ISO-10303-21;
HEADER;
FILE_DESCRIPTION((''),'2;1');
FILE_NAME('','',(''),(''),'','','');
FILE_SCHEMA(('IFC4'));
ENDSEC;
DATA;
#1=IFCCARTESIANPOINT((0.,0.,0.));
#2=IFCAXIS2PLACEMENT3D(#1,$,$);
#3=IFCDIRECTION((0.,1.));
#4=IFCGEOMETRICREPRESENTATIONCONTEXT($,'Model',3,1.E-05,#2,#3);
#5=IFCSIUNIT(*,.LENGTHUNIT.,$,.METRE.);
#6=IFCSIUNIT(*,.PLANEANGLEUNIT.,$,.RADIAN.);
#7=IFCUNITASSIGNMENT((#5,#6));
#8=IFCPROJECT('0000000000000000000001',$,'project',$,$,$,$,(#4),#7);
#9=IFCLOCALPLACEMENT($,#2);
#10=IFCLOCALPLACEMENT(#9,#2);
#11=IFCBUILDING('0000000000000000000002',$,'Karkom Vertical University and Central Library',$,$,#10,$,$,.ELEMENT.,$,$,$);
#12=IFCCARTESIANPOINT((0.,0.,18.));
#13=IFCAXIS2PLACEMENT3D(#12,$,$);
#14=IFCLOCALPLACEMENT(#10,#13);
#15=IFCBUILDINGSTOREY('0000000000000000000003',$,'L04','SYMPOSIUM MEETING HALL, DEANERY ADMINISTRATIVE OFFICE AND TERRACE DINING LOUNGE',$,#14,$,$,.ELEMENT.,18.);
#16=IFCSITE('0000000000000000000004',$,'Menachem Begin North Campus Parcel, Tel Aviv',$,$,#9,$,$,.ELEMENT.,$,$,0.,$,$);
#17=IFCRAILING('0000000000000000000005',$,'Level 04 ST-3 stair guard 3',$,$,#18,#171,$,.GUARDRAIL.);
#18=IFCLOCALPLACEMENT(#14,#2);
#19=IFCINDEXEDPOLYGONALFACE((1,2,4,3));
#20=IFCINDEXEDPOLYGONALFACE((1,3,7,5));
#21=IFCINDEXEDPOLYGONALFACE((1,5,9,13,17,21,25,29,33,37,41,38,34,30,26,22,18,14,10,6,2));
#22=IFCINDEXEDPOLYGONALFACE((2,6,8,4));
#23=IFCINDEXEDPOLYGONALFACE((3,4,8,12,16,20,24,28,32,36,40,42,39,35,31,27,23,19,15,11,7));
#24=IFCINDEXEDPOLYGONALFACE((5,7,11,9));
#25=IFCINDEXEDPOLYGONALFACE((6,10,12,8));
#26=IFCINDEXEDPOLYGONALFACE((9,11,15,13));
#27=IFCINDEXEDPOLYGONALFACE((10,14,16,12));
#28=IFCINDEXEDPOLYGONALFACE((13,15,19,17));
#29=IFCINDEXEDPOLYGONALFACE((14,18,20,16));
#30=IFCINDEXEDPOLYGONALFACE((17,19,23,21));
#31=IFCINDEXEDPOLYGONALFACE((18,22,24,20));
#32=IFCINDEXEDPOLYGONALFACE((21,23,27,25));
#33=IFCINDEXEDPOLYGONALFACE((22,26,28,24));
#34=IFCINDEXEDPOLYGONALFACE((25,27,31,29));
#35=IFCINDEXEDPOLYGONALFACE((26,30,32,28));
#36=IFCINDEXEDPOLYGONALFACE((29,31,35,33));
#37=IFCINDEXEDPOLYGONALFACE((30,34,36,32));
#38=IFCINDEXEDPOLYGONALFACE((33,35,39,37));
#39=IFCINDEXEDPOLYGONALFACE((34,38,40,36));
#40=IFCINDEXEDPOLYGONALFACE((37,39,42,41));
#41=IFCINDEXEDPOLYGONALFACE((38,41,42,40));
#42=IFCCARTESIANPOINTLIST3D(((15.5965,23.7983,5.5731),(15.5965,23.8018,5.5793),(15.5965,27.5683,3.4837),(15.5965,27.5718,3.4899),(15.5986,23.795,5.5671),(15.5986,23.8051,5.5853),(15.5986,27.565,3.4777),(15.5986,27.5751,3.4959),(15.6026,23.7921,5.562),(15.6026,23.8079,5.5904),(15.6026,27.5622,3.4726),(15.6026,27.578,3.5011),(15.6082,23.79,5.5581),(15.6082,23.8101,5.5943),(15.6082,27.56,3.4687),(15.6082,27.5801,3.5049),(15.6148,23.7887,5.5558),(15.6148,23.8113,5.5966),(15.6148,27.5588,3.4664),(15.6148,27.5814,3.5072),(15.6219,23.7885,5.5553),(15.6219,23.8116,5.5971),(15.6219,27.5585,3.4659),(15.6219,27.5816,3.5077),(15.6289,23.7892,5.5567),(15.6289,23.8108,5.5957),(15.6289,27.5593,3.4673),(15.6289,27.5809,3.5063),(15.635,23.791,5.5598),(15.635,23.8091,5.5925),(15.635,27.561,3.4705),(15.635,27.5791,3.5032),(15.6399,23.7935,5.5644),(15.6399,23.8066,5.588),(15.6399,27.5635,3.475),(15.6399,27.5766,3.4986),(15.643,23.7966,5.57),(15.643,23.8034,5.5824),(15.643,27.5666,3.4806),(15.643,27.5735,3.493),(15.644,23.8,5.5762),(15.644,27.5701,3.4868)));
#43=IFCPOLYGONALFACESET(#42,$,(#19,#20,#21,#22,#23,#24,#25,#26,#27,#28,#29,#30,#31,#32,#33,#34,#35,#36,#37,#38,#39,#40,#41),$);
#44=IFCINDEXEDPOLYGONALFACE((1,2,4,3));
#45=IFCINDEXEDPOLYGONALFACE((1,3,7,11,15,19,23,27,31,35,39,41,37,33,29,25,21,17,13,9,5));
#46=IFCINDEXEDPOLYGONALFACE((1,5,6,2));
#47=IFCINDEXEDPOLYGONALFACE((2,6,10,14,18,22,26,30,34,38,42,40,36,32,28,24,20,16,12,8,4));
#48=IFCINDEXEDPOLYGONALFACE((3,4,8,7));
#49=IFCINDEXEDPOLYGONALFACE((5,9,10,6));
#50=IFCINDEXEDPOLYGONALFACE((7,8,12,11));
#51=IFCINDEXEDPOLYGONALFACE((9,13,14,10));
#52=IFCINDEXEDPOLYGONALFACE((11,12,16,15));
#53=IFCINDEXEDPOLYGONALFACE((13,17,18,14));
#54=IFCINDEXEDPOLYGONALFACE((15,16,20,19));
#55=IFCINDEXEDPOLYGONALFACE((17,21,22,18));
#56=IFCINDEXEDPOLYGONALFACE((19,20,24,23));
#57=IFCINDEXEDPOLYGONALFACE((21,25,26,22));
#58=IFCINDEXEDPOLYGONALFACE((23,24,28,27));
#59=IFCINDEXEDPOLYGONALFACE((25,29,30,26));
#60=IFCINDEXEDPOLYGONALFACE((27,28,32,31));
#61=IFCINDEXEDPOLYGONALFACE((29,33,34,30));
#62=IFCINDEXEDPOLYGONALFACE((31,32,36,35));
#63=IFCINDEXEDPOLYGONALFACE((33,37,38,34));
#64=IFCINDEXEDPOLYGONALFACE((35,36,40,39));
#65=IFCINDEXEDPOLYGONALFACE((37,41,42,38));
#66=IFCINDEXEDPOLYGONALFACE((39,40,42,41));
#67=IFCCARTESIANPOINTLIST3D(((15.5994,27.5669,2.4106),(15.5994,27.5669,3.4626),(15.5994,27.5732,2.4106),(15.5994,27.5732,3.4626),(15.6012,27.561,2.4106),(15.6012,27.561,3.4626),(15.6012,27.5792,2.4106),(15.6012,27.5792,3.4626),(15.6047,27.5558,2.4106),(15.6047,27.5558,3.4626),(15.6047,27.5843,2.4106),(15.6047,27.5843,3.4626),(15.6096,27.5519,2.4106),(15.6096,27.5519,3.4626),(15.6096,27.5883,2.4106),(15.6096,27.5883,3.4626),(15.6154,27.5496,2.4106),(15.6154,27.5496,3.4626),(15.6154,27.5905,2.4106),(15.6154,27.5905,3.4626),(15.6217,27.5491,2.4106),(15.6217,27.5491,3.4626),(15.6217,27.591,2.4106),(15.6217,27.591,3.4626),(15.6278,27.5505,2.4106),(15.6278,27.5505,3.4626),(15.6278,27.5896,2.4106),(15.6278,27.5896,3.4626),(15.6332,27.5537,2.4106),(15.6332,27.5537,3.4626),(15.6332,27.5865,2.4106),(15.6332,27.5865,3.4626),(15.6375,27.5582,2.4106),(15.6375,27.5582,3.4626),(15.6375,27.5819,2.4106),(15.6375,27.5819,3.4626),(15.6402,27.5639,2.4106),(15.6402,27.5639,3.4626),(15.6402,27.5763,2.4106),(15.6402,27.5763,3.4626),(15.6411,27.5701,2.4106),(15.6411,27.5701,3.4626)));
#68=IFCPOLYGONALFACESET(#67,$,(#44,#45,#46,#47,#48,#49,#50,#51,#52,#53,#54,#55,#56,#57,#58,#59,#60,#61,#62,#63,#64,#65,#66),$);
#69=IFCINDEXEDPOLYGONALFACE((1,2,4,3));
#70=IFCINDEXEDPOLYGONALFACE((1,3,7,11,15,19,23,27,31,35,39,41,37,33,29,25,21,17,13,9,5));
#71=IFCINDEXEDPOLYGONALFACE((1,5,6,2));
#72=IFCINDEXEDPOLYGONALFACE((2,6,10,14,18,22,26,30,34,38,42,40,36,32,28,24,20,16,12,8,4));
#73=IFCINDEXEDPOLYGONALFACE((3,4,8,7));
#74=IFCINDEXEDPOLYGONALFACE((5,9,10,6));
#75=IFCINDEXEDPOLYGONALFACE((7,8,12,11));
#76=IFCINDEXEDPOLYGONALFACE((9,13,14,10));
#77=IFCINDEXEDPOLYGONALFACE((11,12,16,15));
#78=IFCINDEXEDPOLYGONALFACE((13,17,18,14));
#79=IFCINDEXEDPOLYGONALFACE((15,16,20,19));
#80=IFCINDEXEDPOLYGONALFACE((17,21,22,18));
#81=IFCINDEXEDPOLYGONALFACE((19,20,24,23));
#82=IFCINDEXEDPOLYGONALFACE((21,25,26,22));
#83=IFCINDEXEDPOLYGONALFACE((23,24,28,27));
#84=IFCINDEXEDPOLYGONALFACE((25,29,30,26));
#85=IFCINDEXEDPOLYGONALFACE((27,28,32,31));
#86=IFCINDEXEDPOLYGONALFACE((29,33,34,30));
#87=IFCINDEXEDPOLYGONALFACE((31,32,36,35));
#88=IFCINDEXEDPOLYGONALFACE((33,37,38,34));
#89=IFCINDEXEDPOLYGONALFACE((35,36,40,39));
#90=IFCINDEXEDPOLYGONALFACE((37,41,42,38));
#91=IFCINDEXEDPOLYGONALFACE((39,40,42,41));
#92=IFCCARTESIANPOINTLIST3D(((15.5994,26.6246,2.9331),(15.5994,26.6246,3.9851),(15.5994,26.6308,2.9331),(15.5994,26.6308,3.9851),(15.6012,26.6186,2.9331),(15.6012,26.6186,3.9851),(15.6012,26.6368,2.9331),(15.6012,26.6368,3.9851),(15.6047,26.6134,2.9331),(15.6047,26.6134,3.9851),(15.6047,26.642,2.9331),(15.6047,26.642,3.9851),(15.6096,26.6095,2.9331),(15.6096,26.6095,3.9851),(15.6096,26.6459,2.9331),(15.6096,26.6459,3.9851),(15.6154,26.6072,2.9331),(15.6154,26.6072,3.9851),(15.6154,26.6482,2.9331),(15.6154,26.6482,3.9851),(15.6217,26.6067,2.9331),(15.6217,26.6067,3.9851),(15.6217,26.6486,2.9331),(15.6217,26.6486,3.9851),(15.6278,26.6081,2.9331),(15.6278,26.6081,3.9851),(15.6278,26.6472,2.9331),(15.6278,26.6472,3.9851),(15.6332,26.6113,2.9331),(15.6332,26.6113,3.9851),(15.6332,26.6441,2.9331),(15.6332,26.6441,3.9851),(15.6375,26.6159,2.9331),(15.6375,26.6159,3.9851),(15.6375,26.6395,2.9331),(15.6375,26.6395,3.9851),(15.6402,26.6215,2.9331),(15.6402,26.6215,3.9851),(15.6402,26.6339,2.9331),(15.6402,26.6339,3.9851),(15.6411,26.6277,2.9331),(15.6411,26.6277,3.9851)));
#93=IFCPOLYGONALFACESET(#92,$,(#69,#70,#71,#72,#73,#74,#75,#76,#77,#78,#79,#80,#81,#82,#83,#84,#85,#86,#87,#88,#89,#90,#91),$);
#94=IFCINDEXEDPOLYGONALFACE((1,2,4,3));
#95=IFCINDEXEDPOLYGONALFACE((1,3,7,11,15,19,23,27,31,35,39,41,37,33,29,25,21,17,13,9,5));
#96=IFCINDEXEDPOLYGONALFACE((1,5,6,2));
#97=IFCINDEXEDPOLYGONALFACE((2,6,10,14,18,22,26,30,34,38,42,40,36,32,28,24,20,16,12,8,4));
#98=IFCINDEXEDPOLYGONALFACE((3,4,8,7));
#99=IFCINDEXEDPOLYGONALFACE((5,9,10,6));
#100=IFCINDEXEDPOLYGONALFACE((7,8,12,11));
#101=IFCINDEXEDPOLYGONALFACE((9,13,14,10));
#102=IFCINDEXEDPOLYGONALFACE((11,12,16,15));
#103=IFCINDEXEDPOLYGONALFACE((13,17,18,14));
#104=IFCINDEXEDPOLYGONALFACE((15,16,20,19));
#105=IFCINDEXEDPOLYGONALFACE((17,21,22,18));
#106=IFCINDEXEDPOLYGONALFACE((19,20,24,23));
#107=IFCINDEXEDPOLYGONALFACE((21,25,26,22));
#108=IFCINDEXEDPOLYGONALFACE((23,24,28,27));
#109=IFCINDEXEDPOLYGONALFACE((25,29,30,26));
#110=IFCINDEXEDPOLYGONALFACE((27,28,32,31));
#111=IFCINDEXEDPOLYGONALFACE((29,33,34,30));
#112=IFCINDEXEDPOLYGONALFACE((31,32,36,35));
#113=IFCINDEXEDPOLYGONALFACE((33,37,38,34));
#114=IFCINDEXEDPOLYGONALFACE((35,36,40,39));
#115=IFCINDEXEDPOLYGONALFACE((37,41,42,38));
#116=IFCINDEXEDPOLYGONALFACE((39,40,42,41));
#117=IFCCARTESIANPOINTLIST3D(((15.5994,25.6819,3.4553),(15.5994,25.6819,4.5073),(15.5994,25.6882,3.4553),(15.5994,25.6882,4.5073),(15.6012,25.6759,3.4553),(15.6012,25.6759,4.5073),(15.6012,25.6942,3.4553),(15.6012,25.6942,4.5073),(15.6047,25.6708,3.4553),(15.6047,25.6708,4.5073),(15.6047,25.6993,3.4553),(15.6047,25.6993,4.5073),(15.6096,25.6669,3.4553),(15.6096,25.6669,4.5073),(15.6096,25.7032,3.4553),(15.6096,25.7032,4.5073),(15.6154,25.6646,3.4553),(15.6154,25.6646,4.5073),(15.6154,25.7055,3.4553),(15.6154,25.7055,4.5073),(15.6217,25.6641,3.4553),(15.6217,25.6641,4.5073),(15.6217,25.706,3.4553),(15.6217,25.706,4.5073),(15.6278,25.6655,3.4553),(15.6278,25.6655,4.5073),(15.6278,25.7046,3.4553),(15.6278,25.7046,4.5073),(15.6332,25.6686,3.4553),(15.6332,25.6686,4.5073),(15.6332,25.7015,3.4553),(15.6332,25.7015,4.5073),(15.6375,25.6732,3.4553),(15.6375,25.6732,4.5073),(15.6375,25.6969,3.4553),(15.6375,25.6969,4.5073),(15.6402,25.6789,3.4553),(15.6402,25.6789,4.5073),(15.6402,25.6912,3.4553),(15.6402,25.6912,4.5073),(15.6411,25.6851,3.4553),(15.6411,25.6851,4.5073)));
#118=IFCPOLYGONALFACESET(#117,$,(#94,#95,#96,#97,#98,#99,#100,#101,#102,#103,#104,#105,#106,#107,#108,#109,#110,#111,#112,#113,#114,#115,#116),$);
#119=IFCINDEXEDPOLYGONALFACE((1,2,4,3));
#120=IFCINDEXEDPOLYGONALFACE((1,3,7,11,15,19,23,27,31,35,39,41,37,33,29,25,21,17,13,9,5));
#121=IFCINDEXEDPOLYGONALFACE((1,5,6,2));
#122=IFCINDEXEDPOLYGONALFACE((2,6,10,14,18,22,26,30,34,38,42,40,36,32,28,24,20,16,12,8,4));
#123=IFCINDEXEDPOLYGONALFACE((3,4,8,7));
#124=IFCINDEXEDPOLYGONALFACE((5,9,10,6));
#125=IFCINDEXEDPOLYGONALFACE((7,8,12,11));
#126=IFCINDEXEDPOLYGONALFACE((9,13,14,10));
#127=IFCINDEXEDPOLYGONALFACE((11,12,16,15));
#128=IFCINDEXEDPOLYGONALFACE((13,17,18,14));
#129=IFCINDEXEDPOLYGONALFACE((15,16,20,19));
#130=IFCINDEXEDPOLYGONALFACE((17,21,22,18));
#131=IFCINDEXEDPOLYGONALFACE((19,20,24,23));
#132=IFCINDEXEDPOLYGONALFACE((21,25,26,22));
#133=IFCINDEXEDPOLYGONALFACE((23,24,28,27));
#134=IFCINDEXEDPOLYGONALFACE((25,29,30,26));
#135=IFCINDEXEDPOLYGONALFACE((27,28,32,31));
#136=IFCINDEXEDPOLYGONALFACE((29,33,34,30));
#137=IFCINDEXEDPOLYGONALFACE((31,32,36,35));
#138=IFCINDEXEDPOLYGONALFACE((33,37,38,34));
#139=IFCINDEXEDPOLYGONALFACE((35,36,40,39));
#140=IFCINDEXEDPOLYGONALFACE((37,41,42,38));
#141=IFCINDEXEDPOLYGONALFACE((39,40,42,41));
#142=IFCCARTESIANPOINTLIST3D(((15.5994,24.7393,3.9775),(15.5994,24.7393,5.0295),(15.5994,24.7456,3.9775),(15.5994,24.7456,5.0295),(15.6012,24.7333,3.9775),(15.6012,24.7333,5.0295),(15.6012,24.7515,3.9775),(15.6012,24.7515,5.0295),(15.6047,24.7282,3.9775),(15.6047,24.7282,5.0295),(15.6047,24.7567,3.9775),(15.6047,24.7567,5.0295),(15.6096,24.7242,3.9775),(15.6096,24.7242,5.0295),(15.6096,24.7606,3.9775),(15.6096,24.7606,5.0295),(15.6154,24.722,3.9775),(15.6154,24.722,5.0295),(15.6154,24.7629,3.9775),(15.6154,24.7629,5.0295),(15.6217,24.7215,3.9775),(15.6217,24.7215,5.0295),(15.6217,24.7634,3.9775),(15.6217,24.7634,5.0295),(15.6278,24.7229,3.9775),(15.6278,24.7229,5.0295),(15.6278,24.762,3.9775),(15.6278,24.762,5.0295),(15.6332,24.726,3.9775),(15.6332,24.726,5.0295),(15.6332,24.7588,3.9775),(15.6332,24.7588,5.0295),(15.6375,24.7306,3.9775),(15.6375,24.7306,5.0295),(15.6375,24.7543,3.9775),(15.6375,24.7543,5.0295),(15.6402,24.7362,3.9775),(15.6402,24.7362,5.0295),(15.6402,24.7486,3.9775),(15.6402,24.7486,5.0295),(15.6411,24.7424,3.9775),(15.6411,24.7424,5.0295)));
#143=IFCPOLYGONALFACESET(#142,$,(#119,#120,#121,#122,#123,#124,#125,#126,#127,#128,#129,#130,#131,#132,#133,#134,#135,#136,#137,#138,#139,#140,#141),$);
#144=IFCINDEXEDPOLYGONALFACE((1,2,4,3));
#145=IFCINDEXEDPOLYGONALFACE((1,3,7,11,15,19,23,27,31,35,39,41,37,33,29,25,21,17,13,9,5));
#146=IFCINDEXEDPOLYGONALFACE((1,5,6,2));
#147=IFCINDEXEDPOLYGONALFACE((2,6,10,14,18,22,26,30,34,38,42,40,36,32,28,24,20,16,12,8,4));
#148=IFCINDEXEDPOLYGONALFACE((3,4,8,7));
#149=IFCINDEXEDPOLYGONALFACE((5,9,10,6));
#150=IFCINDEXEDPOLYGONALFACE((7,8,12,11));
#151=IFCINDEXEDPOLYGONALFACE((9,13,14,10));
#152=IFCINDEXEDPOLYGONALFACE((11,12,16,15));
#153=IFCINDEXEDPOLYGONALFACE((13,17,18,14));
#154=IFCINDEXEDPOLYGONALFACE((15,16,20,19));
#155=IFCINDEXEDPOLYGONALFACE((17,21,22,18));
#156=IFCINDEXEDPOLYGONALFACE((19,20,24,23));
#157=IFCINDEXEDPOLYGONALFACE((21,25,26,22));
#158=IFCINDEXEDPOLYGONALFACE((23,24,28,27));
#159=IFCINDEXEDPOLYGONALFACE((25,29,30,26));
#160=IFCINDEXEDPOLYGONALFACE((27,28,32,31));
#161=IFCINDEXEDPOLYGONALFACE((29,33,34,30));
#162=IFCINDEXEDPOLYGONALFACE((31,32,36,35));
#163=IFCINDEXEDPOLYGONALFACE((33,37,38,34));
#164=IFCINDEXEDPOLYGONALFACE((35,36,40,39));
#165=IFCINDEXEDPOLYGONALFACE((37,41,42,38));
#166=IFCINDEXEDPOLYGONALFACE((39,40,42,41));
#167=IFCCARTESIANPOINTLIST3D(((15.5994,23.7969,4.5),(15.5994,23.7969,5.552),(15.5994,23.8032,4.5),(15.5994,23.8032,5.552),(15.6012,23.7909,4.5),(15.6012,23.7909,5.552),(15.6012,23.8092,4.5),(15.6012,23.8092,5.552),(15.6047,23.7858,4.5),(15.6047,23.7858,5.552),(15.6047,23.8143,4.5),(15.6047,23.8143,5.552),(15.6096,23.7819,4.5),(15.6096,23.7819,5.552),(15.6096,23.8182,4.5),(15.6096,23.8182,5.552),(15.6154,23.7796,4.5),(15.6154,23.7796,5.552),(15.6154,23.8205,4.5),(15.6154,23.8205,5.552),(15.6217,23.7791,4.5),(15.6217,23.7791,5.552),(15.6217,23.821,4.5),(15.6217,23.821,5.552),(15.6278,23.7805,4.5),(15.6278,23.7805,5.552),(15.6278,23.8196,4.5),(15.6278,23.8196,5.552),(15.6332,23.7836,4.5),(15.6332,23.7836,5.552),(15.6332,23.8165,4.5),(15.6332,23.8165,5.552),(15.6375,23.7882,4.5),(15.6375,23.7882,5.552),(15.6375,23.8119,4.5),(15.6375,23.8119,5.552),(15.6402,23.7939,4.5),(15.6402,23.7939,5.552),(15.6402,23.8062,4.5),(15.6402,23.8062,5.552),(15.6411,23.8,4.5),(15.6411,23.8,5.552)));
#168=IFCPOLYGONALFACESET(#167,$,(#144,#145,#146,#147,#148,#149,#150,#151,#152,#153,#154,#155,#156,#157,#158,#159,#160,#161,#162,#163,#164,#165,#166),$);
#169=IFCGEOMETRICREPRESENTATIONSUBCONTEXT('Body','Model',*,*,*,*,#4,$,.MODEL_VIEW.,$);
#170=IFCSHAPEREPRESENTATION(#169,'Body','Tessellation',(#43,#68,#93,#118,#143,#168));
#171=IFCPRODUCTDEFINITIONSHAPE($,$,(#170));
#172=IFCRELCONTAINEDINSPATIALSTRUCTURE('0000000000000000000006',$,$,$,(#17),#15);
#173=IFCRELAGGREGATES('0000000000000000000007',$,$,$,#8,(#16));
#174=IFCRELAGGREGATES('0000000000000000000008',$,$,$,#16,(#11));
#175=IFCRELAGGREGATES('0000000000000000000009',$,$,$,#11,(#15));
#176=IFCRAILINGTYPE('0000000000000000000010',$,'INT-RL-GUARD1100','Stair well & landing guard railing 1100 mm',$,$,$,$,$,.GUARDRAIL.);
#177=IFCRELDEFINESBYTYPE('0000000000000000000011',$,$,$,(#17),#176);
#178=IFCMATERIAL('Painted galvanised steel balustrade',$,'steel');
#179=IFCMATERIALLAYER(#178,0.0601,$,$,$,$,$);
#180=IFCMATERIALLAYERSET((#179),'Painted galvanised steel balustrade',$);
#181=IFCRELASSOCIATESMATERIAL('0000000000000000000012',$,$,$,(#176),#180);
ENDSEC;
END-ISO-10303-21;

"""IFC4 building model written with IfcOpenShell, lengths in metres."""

from ifc_helpers import new_model, si_unit, direction, frame, origin, origin_2d, place, context, subcontext, project, spatial, circle, extrude, material, layer, layer_set, type_object, element, save


model = new_model("IFC4")

# Units and contexts
model_context = context("Model", 3, precision=1e-05, world=origin(), true_north=direction((0.0, 1.0)))
body_context = subcontext(model_context, "Body", "Model", "MODEL_VIEW")
ifc_project = project(units=[si_unit("LENGTHUNIT", "METRE"), si_unit("PLANEANGLEUNIT", "RADIAN")], contexts=[model_context])

# Site, building, storey
site_placement = place(None, origin())
site = spatial("IfcSite", under=ifc_project, at=site_placement, Name="Menachem Begin North Campus Parcel, Tel Aviv", CompositionType="ELEMENT", RefElevation=0.0)
building_placement = place(site_placement, origin())
building = spatial("IfcBuilding", under=site, at=building_placement, Name="Karkom Vertical University and Central Library", CompositionType="ELEMENT")
storey_placement = place(building_placement, frame((0.0, 0.0, 18.0)))
storey = spatial("IfcBuildingStorey", under=building, at=storey_placement, Name="L04", Description="SYMPOSIUM MEETING HALL, DEANERY ADMINISTRATIVE OFFICE AND TERRACE DINING LOUNGE", CompositionType="ELEMENT", Elevation=18.0)

# Railing
ifc_material_1 = material(Name="Painted galvanised steel balustrade", Category="steel")
ifc_layer_1 = layer(ifc_material_1, 0.0601)
ifc_layer_set_1 = layer_set([ifc_layer_1], Name="Painted galvanised steel balustrade")
railing_type_1 = type_object("IfcRailingType", Name="INT-RL-GUARD1100", Description="Stair well & landing guard railing 1100 mm", PredefinedType="GUARDRAIL", material=ifc_layer_set_1)
railing_1_placement = place(storey_placement, frame((15.6201, 27.5701, 2.4106)))
element("IfcRailing", 1, at=railing_1_placement, inside=storey, type_object=railing_type_1, Name="Level 04 ST-3 stair guard 3", PredefinedType="GUARDRAIL", context=body_context, shape_type="SweptSolid", body=[
    extrude(circle(Radius=0.0239, at=origin_2d()), frame((0.0, 0.0, 1.0762), z_axis=(0.0, -0.874659, 0.484739), x_axis=(1.0, 0.0, 0.0)), (0.0, 0.0, 1.0), 4.3103),
    extrude(circle(Radius=0.021, at=origin_2d()), origin(), (0.0, 0.0, 1.0), 1.052),
    extrude(circle(Radius=0.021, at=origin_2d()), frame((0.0, -0.9424, 0.5225)), (0.0, 0.0, 1.0), 1.052),
    extrude(circle(Radius=0.021, at=origin_2d()), frame((0.0, -1.885, 1.0447)), (0.0, 0.0, 1.0), 1.052),
    extrude(circle(Radius=0.021, at=origin_2d()), frame((0.0, -2.8276, 1.5669)), (0.0, 0.0, 1.0), 1.052),
    extrude(circle(Radius=0.021, at=origin_2d()), frame((0.0, -3.77, 2.0894)), (0.0, 0.0, 1.0), 1.052),
])

save(model, "model.ifc")
